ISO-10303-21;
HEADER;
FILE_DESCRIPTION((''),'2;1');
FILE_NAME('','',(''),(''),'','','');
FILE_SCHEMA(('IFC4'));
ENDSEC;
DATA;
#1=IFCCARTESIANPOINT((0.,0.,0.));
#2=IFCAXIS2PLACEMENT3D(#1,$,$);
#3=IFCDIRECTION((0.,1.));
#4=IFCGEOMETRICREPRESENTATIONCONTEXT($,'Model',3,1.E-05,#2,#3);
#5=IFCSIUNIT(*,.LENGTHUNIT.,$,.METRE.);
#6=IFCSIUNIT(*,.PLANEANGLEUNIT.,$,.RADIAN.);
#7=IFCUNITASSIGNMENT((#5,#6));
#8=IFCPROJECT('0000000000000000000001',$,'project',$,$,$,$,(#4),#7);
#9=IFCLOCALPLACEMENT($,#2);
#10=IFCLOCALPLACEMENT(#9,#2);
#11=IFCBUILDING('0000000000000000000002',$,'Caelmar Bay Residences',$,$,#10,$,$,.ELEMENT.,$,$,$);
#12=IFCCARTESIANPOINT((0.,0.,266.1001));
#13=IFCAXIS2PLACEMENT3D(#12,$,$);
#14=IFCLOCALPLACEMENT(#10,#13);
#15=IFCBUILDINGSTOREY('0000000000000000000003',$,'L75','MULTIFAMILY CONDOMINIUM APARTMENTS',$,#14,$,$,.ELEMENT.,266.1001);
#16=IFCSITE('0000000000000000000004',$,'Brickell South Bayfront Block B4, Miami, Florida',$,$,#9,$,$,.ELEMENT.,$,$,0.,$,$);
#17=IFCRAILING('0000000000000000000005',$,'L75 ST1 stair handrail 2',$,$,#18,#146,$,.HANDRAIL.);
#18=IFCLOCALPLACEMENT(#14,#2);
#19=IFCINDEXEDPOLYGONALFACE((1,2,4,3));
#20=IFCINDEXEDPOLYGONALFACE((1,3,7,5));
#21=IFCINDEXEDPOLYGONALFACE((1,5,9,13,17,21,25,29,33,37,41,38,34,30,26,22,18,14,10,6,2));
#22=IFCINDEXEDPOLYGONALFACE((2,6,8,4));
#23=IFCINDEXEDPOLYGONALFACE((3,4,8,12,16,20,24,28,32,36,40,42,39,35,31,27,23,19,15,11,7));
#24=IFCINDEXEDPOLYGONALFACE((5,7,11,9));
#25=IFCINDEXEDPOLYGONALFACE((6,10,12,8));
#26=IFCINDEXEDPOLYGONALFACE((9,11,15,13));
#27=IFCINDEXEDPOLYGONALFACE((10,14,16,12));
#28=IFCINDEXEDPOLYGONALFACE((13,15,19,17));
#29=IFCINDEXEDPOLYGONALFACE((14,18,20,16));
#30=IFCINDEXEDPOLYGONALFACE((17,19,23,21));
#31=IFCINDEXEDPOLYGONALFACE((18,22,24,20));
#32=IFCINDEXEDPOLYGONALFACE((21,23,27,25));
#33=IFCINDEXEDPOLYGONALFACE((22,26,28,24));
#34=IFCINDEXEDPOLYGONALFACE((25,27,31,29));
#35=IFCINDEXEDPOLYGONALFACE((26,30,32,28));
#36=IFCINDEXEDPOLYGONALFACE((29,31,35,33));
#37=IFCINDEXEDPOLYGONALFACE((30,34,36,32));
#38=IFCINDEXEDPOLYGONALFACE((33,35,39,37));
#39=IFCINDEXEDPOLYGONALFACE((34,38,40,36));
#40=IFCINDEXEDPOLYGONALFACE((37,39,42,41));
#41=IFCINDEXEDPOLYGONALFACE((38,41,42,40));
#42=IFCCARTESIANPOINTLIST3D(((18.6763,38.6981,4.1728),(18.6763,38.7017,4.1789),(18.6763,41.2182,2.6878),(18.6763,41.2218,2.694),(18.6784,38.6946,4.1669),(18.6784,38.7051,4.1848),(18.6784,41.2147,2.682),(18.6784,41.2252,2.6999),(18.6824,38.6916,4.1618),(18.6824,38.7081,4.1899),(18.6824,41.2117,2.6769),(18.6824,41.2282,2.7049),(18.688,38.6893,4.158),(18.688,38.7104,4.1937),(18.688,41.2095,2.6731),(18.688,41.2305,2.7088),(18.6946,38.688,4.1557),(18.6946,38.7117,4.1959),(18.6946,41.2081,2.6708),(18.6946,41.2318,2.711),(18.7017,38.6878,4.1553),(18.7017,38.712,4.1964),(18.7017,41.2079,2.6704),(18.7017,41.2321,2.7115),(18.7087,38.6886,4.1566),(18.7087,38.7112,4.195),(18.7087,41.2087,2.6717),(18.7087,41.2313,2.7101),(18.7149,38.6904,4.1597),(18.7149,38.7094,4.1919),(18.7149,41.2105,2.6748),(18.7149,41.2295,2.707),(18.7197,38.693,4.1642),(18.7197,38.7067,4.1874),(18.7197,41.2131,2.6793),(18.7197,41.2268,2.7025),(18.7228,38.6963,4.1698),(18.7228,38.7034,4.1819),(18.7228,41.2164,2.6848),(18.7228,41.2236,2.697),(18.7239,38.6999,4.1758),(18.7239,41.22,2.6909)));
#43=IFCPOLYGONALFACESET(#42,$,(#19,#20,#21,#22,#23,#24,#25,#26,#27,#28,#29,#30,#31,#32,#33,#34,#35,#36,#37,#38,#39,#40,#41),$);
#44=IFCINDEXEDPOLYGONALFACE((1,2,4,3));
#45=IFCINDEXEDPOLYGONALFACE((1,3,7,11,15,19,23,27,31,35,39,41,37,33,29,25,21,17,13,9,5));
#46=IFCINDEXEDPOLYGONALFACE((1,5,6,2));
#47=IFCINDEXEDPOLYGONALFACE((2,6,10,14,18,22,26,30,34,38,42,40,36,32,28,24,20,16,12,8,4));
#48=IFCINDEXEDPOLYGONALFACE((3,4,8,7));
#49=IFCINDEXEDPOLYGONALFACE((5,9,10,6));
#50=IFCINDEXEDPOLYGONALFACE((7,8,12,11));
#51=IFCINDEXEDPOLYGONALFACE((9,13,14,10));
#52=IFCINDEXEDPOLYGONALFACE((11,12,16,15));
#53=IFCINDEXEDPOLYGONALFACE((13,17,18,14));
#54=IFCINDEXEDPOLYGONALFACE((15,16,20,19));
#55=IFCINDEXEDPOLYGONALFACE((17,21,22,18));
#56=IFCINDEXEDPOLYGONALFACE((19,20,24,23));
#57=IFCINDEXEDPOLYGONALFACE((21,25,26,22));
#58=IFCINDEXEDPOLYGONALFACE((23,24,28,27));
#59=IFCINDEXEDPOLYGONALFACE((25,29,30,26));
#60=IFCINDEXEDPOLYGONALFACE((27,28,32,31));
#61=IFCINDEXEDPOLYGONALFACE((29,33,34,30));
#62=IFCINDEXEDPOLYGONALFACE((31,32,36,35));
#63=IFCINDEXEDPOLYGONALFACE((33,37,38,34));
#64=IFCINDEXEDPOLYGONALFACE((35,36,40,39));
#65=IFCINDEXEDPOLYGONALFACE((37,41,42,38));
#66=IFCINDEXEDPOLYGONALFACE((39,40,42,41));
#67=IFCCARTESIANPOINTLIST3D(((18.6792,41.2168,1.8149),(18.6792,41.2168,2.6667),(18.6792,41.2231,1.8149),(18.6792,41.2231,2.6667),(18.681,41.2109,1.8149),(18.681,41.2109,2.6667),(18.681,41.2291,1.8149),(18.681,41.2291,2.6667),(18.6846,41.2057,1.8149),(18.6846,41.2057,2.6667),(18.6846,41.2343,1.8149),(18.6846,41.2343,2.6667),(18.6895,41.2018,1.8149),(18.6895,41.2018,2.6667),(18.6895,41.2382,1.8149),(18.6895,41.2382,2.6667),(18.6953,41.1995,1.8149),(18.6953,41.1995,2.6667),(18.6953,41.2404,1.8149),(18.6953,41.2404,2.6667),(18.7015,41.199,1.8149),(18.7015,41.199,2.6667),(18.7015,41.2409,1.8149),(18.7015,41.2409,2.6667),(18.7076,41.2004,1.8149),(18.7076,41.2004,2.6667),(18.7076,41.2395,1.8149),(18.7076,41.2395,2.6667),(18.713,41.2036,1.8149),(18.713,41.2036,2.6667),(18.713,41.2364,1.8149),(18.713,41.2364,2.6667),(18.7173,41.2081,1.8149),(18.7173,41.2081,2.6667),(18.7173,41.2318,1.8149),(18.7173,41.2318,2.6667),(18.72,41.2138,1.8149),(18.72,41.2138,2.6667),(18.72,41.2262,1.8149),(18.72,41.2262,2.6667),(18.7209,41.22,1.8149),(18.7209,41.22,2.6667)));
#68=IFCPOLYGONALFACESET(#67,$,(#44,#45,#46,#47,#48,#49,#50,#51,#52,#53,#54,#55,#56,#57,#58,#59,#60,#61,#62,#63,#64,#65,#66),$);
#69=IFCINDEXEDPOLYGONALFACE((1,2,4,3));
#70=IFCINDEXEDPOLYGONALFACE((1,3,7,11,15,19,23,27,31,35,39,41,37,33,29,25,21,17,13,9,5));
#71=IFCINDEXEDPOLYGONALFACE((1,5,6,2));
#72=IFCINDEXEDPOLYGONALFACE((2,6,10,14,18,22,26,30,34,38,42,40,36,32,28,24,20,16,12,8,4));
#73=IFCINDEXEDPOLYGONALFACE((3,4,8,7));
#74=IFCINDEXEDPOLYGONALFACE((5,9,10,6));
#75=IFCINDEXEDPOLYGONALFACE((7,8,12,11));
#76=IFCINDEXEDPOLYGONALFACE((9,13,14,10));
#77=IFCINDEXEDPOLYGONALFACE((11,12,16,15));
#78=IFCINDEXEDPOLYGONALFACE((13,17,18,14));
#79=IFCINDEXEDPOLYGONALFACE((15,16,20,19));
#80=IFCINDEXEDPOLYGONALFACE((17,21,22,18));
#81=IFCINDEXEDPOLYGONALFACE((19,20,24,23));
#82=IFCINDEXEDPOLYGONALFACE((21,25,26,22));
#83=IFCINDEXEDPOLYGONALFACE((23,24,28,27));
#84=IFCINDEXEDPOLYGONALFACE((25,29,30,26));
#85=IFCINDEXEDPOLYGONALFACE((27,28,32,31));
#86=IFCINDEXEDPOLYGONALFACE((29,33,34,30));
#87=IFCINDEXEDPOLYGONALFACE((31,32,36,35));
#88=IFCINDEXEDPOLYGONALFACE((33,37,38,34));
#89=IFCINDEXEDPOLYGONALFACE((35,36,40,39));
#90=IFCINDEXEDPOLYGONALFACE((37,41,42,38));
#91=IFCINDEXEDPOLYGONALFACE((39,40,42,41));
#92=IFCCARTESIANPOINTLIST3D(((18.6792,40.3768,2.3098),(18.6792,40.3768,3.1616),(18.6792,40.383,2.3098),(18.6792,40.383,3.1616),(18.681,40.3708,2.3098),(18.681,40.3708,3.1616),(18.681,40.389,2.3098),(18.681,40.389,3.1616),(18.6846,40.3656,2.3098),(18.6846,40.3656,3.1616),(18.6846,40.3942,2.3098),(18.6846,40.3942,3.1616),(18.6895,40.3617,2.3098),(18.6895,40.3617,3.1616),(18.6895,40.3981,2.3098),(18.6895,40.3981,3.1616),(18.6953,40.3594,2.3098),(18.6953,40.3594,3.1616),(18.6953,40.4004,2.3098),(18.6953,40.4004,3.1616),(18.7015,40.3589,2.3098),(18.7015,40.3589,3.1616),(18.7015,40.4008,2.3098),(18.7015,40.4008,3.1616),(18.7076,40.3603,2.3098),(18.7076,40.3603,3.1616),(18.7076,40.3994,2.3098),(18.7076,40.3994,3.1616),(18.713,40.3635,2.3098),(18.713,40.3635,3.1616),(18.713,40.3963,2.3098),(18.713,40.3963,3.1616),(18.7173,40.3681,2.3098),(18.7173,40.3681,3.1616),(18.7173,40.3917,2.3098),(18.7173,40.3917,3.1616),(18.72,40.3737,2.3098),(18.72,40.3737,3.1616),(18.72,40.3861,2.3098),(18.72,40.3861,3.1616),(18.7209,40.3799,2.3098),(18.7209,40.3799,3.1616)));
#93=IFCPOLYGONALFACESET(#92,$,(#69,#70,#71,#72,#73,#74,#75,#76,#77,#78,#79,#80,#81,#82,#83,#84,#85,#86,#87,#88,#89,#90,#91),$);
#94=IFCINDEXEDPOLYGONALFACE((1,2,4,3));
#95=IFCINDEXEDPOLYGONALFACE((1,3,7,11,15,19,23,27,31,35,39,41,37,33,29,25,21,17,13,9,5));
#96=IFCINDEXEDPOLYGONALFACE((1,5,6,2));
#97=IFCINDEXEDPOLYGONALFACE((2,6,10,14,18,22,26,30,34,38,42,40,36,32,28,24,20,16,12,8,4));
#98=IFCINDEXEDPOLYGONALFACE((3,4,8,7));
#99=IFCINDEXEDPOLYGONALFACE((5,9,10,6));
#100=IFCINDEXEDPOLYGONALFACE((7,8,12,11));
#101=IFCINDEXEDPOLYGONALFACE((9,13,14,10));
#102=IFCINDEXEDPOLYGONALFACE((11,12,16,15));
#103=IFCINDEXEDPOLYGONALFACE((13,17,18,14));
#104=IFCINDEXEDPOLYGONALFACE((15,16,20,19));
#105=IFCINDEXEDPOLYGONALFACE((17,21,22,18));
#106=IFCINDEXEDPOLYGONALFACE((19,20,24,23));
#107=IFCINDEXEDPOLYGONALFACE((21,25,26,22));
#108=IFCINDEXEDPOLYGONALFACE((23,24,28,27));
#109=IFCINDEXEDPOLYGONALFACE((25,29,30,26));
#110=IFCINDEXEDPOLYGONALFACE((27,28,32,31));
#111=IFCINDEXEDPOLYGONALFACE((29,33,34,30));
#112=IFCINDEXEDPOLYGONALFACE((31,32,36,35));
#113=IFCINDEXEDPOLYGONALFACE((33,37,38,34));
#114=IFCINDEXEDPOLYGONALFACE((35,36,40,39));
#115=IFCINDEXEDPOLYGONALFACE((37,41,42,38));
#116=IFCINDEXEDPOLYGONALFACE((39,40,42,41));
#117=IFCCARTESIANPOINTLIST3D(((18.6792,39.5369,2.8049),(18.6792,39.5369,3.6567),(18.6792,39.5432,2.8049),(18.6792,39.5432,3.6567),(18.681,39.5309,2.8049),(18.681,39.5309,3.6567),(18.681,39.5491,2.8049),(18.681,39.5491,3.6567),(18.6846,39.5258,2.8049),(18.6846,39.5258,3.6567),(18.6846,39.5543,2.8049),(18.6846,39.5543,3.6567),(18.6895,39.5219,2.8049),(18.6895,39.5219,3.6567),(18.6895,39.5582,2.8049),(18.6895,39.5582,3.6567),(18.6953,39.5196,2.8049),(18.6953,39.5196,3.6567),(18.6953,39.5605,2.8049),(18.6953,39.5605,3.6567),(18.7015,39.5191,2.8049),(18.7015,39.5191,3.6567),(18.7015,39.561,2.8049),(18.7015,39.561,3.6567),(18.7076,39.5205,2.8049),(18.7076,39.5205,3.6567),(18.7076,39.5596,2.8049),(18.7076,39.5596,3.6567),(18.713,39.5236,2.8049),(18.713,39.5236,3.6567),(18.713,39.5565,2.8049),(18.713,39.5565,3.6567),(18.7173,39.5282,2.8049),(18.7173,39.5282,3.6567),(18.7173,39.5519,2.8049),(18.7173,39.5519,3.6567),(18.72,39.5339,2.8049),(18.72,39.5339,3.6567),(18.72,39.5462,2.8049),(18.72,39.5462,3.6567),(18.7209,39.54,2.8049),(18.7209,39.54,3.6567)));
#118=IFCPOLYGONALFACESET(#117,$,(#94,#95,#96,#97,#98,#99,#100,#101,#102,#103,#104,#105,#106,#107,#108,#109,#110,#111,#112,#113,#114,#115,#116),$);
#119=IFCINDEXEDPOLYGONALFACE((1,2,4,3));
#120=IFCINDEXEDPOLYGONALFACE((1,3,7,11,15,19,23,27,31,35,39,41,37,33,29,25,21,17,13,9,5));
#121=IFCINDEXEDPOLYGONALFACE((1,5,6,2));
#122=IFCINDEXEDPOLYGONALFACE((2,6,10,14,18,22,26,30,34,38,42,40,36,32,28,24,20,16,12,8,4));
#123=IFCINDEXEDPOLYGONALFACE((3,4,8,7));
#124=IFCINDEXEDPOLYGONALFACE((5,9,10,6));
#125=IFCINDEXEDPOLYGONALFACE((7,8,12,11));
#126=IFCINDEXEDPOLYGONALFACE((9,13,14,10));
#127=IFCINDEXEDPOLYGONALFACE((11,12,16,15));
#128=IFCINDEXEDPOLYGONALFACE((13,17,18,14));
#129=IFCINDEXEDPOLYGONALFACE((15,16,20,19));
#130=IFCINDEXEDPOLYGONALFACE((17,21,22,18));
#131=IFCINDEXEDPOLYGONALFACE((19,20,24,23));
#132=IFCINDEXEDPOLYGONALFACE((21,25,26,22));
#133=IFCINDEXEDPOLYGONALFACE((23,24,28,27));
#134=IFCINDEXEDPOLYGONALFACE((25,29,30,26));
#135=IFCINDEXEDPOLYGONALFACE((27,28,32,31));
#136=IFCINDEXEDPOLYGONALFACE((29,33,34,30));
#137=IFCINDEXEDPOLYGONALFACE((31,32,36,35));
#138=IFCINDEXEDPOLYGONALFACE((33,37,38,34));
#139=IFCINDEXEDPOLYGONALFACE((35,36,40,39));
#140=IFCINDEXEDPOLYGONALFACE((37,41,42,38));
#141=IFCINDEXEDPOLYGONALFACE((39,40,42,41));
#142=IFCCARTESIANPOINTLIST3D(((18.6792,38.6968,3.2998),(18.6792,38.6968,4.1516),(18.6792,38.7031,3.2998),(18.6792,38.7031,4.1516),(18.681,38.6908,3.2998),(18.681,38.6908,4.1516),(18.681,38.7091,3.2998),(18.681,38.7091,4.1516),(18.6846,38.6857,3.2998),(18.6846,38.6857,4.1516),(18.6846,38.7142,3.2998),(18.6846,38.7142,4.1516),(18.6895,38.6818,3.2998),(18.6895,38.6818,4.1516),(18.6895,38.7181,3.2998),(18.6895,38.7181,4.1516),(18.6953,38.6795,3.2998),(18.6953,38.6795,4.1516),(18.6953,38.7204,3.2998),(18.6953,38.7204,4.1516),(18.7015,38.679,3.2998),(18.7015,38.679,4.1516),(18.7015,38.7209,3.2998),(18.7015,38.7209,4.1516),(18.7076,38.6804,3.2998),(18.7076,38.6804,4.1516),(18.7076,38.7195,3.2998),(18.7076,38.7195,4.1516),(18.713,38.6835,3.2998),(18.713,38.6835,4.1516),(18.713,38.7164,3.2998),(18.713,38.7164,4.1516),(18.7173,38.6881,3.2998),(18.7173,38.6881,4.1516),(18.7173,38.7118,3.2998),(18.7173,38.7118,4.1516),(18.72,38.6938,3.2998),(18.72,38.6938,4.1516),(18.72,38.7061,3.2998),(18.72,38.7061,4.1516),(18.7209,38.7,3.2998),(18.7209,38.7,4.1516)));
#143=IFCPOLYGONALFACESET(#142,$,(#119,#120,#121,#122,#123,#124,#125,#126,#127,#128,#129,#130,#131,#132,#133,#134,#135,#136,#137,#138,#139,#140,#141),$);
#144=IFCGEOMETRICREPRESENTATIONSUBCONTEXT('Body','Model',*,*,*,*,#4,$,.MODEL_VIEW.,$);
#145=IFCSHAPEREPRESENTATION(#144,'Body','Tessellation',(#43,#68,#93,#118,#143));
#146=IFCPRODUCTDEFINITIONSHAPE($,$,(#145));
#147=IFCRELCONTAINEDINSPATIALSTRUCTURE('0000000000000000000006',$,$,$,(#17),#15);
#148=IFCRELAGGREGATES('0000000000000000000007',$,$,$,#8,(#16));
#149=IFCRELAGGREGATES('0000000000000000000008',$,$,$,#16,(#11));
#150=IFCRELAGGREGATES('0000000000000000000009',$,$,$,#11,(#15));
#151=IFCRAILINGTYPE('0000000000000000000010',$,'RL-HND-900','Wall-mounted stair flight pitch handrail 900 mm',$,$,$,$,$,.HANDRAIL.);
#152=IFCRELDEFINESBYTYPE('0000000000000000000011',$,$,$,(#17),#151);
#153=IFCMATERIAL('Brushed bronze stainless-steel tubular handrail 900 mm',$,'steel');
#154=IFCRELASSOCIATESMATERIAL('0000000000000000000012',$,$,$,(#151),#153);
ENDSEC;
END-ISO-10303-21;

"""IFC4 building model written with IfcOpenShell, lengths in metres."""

from ifc_helpers import new_model, si_unit, direction, frame, origin, origin_2d, place, context, subcontext, project, spatial, circle, extrude, material, type_object, element, save


model = new_model("IFC4")

# Units and contexts
model_context = context("Model", 3, precision=1e-05, world=origin(), true_north=direction((0.0, 1.0)))
body_context = subcontext(model_context, "Body", "Model", "MODEL_VIEW")
ifc_project = project(units=[si_unit("LENGTHUNIT", "METRE"), si_unit("PLANEANGLEUNIT", "RADIAN")], contexts=[model_context])

# Site, building, storey
site_placement = place(None, origin())
site = spatial("IfcSite", under=ifc_project, at=site_placement, Name="Brickell South Bayfront Block B4, Miami, Florida", CompositionType="ELEMENT", RefElevation=0.0)
building_placement = place(site_placement, origin())
building = spatial("IfcBuilding", under=site, at=building_placement, Name="Caelmar Bay Residences", CompositionType="ELEMENT")
storey_placement = place(building_placement, frame((0.0, 0.0, 266.1001)))
storey = spatial("IfcBuildingStorey", under=building, at=storey_placement, Name="L75", Description="MULTIFAMILY CONDOMINIUM APARTMENTS", CompositionType="ELEMENT", Elevation=266.1001)

# Railing
ifc_material_1 = material(Name="Brushed bronze stainless-steel tubular handrail 900 mm", Category="steel")
railing_type_1 = type_object("IfcRailingType", Name="RL-HND-900", Description="Wall-mounted stair flight pitch handrail 900 mm", PredefinedType="HANDRAIL", material=ifc_material_1)
railing_1_placement = place(storey_placement, frame((18.7, 41.22, 1.8149)))
element("IfcRailing", 1, at=railing_1_placement, inside=storey, type_object=railing_type_1, Name="L75 ST1 stair handrail 2", PredefinedType="HANDRAIL", context=body_context, shape_type="SweptSolid", body=[
    extrude(circle(Radius=0.0239, at=origin_2d()), frame((0.0, 0.0, 0.876), z_axis=(0.0, -0.861561, 0.507655), x_axis=(1.0, 0.0, 0.0)), (0.0, 0.0, 1.0), 2.925),
    extrude(circle(Radius=0.021, at=origin_2d()), origin(), (0.0, 0.0, 1.0), 0.8518),
    extrude(circle(Radius=0.021, at=origin_2d()), frame((0.0, -0.8401, 0.4949)), (0.0, 0.0, 1.0), 0.8518),
    extrude(circle(Radius=0.021, at=origin_2d()), frame((0.0, -1.6799, 0.99)), (0.0, 0.0, 1.0), 0.8518),
    extrude(circle(Radius=0.021, at=origin_2d()), frame((0.0, -2.52, 1.4849)), (0.0, 0.0, 1.0), 0.8518),
])

save(model, "model.ifc")
